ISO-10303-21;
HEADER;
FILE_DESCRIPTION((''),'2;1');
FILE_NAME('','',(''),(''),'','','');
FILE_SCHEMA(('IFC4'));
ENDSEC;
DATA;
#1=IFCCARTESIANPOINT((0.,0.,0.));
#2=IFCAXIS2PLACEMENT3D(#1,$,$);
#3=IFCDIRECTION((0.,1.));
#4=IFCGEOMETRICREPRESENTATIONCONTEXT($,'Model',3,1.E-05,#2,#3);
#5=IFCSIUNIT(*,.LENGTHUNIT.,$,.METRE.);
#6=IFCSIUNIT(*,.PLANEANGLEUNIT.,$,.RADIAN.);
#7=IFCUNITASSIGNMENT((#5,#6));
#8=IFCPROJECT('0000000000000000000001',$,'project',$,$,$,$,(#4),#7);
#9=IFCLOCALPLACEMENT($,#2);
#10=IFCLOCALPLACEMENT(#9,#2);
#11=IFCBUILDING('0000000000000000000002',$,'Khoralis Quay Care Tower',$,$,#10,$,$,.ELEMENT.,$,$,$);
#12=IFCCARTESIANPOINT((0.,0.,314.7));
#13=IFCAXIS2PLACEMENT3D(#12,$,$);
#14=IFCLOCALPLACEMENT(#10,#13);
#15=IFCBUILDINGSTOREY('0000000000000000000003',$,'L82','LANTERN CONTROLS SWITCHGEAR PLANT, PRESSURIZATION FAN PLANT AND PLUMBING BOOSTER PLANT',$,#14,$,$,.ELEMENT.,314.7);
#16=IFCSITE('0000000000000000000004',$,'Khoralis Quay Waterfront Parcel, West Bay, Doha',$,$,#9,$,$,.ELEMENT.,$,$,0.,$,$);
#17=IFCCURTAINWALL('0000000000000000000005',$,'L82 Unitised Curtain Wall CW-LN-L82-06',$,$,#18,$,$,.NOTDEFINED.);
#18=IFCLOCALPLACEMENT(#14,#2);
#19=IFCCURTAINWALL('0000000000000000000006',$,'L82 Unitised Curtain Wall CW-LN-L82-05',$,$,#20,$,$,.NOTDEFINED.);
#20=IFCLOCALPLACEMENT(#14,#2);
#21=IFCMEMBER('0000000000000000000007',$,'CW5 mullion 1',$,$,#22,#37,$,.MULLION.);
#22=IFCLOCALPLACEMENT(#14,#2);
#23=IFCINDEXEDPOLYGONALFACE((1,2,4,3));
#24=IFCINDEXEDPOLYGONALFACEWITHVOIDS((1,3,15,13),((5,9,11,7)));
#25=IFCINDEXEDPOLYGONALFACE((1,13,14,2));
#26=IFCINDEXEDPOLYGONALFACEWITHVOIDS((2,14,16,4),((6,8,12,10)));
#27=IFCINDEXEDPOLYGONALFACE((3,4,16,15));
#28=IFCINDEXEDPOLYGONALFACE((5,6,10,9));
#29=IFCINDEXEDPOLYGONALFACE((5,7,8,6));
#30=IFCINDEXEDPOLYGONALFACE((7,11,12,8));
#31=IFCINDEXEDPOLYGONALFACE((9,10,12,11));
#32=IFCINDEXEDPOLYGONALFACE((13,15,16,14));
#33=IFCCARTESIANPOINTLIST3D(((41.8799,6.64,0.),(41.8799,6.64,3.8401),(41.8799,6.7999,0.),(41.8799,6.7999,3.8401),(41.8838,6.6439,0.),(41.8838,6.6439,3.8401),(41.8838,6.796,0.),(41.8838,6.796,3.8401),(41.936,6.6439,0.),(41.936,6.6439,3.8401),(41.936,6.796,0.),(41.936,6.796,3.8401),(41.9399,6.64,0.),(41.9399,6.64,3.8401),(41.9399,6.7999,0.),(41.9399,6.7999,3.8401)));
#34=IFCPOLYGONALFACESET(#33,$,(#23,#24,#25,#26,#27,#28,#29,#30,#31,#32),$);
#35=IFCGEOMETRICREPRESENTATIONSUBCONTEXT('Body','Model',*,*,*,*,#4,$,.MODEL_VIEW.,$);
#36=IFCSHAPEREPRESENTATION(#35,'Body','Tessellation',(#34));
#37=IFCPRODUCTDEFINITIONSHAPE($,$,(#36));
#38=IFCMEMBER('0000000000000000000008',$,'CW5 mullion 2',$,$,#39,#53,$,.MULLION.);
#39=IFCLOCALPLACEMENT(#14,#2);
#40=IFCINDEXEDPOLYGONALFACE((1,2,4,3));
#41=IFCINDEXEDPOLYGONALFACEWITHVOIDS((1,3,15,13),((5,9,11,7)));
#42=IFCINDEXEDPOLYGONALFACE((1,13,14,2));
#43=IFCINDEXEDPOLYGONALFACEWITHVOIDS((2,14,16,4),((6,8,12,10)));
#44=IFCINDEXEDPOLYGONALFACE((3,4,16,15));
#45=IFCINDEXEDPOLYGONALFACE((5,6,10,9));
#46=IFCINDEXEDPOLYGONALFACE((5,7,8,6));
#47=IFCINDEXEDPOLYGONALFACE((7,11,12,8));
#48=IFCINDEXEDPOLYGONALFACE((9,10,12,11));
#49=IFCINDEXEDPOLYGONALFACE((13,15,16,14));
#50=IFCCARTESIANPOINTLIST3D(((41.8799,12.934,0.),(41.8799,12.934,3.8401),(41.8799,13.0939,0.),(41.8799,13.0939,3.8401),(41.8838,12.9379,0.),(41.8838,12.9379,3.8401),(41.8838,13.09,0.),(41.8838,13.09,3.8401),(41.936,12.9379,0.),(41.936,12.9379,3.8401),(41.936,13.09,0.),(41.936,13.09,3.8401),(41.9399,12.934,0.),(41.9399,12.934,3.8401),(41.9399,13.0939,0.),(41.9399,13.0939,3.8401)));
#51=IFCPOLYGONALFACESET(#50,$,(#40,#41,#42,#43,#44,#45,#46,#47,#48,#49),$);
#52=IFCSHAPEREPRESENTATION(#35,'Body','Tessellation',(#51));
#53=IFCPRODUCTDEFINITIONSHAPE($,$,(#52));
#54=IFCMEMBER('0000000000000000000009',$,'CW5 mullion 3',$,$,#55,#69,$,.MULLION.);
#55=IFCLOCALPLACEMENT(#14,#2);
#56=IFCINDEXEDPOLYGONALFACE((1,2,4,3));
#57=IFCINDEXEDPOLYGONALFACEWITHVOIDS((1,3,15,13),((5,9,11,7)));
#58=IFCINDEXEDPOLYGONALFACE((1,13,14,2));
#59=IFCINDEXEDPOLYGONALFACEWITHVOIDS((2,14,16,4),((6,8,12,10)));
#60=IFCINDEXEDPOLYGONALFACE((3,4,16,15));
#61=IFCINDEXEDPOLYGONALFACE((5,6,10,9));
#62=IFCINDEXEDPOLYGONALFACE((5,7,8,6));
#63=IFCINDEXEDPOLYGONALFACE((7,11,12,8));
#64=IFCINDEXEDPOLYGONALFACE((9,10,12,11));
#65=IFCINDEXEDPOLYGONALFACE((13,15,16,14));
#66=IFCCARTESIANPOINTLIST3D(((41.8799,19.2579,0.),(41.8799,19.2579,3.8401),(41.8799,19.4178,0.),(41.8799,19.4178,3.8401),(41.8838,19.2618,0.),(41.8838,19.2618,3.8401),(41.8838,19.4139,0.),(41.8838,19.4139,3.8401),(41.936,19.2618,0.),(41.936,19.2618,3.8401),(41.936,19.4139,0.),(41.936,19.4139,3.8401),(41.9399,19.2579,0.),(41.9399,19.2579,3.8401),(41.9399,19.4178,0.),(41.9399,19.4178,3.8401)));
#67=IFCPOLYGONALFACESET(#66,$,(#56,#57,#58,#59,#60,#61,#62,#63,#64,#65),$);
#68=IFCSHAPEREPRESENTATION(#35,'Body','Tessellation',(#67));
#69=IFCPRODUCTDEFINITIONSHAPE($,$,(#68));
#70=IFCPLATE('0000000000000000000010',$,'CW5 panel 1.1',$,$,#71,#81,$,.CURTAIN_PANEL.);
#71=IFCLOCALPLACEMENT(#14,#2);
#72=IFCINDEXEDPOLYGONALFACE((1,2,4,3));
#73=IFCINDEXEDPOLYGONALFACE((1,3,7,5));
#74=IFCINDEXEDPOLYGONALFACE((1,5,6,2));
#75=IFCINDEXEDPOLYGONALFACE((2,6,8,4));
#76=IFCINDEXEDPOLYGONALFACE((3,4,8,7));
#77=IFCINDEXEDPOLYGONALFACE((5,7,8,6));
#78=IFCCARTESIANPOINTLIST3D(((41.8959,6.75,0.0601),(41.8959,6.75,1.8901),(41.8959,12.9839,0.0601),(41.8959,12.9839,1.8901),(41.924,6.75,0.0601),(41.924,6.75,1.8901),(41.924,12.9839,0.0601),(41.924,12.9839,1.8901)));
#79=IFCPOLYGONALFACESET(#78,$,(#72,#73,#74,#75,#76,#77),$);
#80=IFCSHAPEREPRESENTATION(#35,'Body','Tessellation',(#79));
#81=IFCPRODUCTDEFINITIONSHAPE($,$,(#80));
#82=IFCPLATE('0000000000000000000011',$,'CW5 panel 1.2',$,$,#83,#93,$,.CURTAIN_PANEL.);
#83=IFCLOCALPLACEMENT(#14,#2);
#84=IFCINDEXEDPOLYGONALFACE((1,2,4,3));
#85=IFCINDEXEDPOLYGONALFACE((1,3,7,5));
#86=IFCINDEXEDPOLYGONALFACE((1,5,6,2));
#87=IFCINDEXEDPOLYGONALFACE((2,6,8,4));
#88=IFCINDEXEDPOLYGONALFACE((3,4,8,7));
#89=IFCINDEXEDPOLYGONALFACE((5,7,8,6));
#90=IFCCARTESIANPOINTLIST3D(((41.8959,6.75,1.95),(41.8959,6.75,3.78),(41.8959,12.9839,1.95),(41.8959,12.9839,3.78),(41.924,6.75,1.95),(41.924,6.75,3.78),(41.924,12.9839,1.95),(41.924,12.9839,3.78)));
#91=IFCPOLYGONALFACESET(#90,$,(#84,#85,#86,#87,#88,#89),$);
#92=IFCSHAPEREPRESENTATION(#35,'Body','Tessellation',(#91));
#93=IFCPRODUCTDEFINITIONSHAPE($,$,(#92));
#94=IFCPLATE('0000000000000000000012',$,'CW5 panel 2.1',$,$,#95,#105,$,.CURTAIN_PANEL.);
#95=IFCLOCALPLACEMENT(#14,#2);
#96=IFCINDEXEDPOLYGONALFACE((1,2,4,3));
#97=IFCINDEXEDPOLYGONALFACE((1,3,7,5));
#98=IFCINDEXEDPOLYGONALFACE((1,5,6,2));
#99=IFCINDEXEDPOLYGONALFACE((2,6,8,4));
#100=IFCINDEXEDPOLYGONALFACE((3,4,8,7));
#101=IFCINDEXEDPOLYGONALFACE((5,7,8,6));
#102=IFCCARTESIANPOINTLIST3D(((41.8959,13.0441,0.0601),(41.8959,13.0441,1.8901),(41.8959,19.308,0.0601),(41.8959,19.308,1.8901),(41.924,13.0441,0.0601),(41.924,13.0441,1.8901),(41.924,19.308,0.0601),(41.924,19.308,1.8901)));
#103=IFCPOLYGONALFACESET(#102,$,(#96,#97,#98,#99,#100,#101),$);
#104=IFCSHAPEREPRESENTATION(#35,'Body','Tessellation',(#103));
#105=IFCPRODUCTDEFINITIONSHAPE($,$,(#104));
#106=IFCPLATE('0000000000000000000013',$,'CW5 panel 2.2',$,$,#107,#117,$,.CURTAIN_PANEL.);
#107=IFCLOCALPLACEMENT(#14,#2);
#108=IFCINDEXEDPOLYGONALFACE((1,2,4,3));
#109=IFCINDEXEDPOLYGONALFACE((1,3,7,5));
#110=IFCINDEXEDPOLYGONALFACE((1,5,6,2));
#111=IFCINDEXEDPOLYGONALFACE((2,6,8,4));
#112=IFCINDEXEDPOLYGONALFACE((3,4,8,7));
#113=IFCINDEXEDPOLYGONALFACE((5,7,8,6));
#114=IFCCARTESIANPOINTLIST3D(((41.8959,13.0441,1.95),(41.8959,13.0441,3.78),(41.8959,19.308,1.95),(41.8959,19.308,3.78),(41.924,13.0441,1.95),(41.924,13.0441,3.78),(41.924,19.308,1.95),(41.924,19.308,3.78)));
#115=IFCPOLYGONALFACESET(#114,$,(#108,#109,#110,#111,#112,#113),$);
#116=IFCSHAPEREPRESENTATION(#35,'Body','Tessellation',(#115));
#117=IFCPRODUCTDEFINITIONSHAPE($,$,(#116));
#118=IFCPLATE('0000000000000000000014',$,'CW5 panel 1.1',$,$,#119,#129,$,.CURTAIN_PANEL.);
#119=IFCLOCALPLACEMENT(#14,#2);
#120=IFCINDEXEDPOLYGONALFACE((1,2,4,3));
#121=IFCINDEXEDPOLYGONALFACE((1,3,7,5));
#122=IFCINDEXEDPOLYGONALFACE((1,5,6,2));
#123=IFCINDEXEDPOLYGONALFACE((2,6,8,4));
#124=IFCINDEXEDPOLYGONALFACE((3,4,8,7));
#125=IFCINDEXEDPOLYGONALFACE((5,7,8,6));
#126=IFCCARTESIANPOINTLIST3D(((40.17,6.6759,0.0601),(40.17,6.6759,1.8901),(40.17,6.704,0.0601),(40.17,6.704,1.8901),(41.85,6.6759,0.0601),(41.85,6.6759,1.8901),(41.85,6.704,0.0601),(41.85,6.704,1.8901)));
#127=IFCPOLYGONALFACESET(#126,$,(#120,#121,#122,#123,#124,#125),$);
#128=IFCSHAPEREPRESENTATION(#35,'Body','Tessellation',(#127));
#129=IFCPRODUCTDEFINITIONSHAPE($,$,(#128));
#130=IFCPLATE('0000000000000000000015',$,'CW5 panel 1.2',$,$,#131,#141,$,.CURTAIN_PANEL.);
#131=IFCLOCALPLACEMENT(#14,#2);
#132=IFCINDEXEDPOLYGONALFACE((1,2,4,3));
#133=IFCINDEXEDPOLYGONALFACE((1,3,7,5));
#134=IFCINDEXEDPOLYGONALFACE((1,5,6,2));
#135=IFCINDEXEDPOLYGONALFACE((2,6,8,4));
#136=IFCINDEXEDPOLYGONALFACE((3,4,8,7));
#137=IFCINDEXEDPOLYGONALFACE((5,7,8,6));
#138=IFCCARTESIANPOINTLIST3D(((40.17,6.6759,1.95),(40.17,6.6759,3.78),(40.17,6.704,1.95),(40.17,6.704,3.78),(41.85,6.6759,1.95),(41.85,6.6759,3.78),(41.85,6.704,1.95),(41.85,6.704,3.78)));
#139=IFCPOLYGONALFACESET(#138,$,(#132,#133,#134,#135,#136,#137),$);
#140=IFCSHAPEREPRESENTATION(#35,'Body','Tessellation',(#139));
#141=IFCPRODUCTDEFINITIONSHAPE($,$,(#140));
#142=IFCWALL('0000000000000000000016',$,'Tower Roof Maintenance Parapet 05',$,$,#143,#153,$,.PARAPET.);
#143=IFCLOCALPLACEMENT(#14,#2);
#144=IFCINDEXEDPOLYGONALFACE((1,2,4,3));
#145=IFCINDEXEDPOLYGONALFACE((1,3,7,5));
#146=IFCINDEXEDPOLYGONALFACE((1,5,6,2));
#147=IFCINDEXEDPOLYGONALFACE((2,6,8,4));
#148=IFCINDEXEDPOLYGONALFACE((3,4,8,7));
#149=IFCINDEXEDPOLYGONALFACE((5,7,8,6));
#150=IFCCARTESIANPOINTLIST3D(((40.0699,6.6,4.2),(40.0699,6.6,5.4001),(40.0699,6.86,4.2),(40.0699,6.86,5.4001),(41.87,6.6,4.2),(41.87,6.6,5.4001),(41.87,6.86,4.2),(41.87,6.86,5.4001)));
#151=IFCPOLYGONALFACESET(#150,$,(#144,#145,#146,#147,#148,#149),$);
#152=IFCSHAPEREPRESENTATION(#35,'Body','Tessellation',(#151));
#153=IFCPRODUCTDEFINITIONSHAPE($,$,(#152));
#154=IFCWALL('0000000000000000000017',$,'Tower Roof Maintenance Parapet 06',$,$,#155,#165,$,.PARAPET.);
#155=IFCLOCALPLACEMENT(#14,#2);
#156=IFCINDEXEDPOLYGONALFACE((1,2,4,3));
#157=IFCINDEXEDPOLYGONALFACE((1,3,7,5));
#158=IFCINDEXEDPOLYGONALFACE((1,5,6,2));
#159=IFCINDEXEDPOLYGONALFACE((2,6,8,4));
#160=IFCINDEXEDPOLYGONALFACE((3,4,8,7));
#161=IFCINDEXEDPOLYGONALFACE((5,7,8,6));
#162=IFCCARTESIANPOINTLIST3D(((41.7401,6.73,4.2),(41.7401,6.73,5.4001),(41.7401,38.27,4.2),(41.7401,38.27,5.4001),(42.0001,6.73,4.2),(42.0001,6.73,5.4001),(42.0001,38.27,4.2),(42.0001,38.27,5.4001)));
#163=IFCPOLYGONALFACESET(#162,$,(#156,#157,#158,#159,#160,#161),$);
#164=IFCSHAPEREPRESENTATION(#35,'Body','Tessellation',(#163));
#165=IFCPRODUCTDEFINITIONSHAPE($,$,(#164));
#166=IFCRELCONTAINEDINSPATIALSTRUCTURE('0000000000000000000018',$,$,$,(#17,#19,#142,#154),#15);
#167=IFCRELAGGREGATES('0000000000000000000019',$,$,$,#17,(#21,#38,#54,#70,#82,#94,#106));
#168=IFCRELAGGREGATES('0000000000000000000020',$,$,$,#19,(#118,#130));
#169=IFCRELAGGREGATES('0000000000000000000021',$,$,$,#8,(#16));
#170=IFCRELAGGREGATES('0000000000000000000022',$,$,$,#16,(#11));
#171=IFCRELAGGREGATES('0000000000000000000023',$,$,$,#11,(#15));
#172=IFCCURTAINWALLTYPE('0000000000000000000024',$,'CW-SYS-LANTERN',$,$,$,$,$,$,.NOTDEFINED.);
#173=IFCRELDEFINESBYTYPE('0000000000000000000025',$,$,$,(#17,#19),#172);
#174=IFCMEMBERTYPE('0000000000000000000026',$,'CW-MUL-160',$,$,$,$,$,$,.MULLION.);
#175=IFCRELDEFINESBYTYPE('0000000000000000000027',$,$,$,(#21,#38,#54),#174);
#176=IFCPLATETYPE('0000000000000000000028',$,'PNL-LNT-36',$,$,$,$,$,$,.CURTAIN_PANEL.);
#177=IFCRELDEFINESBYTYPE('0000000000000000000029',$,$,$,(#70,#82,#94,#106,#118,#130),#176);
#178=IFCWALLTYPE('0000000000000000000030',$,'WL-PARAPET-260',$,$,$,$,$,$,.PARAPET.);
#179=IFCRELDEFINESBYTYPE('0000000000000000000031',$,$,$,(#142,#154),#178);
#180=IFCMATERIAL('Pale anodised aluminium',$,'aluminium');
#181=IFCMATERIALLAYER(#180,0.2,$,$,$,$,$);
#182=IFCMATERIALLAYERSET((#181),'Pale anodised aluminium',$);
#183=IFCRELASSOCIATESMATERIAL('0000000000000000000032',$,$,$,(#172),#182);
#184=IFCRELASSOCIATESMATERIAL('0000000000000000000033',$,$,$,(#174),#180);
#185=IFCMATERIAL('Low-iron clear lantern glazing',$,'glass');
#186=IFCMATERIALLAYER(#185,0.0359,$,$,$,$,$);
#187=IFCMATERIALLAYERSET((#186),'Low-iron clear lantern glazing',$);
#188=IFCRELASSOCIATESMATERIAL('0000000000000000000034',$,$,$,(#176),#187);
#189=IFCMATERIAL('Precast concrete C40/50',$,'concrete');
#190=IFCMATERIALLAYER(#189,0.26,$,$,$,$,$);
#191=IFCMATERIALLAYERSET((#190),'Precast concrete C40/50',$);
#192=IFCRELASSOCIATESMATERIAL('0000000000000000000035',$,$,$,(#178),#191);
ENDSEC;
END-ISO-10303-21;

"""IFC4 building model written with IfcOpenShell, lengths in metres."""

from ifc_helpers import new_model, si_unit, direction, frame, frame_2d, origin, origin_2d, place, context, subcontext, project, spatial, rectangle, hollow_rectangle, extrude, source, transform, mapped, material, layer, layer_set, material_profile, profile_set, type_object, element, aggregate, save


model = new_model("IFC4")

# Units and contexts
model_context = context("Model", 3, precision=1e-05, world=origin(), true_north=direction((0.0, 1.0)))
body_context = subcontext(model_context, "Body", "Model", "MODEL_VIEW")
ifc_project = project(units=[si_unit("LENGTHUNIT", "METRE"), si_unit("PLANEANGLEUNIT", "RADIAN")], contexts=[model_context])

# Site, building, storey
site_placement = place(None, origin())
site = spatial("IfcSite", under=ifc_project, at=site_placement, Name="Khoralis Quay Waterfront Parcel, West Bay, Doha", CompositionType="ELEMENT", RefElevation=0.0)
building_placement = place(site_placement, origin())
building = spatial("IfcBuilding", under=site, at=building_placement, Name="Khoralis Quay Care Tower", CompositionType="ELEMENT")
storey_placement = place(building_placement, frame((0.0, 0.0, 314.7)))
storey = spatial("IfcBuildingStorey", under=building, at=storey_placement, Name="L82", Description="LANTERN CONTROLS SWITCHGEAR PLANT, PRESSURIZATION FAN PLANT AND PLUMBING BOOSTER PLANT", CompositionType="ELEMENT", Elevation=314.7)

# Curtain walls
ifc_material_1 = material(Name="Pale anodised aluminium", Category="aluminium")
ifc_layer_1 = layer(ifc_material_1, 0.2)
ifc_layer_set_1 = layer_set([ifc_layer_1], Name="Pale anodised aluminium")
curtain_wall_type = type_object("IfcCurtainWallType", Name="CW-SYS-LANTERN", PredefinedType="NOTDEFINED", material=ifc_layer_set_1)
curtain_wall_1_placement = place(storey_placement, origin())
curtain_wall_1 = element("IfcCurtainWall", 1, at=curtain_wall_1_placement, inside=storey, type_object=curtain_wall_type, Name="L82 Unitised Curtain Wall CW-LN-L82-06", PredefinedType="NOTDEFINED")
curtain_wall_2_placement = place(storey_placement, origin())
curtain_wall_2 = element("IfcCurtainWall", 2, at=curtain_wall_2_placement, inside=storey, type_object=curtain_wall_type, Name="L82 Unitised Curtain Wall CW-LN-L82-05", PredefinedType="NOTDEFINED")
ifc_material_profile_1 = material_profile(ifc_material_1, hollow_rectangle(XDim=0.0601, YDim=0.1599, WallThickness=0.0039, at=origin_2d()), Name="Pale anodised aluminium")
ifc_profile_set_1 = profile_set([ifc_material_profile_1], Name="Pale anodised aluminium")
member_type_1 = type_object("IfcMemberType", Name="CW-MUL-160", PredefinedType="MULLION", material=ifc_profile_set_1)
shared_shape_1 = source(origin(), body_context, "Body", "SweptSolid", [
    extrude(hollow_rectangle(XDim=0.0601, YDim=0.1599, WallThickness=0.0039, at=origin_2d()), origin(), (0.0, 0.0, 1.0), 3.8401),
])

# Members
member_1_placement = place(storey_placement, frame((41.9099, 6.72, 0.0), z_axis=(0.0, 0.0, 1.0), x_axis=(-1.0, 0.0, 0.0)))
member_1 = element("IfcMember", 3, at=member_1_placement, type_object=member_type_1, Name="CW5 mullion 1", PredefinedType="MULLION", context=body_context, shape_type="MappedRepresentation", body=[
    mapped(shared_shape_1, transform((0.0, 0.0, 0.0), scale=1.0)),
])
member_2_placement = place(storey_placement, frame((41.9099, 13.0139, 0.0), z_axis=(0.0, 0.0, 1.0), x_axis=(-1.0, 0.0, 0.0)))
member_2 = element("IfcMember", 4, at=member_2_placement, type_object=member_type_1, Name="CW5 mullion 2", PredefinedType="MULLION", context=body_context, shape_type="MappedRepresentation", body=[
    mapped(shared_shape_1, transform((0.0, 0.0, 0.0), scale=1.0)),
])
member_3_placement = place(storey_placement, frame((41.9099, 19.3379, 0.0), z_axis=(0.0, 0.0, 1.0), x_axis=(-1.0, 0.0, 0.0)))
member_3 = element("IfcMember", 5, at=member_3_placement, type_object=member_type_1, Name="CW5 mullion 3", PredefinedType="MULLION", context=body_context, shape_type="MappedRepresentation", body=[
    mapped(shared_shape_1, transform((0.0, 0.0, 0.0), scale=1.0)),
])

# Plates
ifc_material_2 = material(Name="Low-iron clear lantern glazing", Category="glass")
ifc_layer_2 = layer(ifc_material_2, 0.0359)
ifc_layer_set_2 = layer_set([ifc_layer_2], Name="Low-iron clear lantern glazing")
plate_type = type_object("IfcPlateType", Name="PNL-LNT-36", PredefinedType="CURTAIN_PANEL", material=ifc_layer_set_2)
shared_shape_2 = source(origin(), body_context, "Body", "SweptSolid", [
    extrude(rectangle(XDim=6.2339, YDim=0.0281, at=origin_2d()), origin(), (0.0, 0.0, 1.0), 1.8301),
])
plate_1_placement = place(storey_placement, frame((41.9099, 9.8669, 0.0601), z_axis=(0.0, 0.0, 1.0), x_axis=(0.0, 1.0, 0.0)))
plate_1 = element("IfcPlate", 6, at=plate_1_placement, type_object=plate_type, Name="CW5 panel 1.1", PredefinedType="CURTAIN_PANEL", context=body_context, shape_type="MappedRepresentation", body=[
    mapped(shared_shape_2, transform((0.0, 0.0, 0.0), scale=1.0)),
])
plate_2_placement = place(storey_placement, frame((41.9099, 9.8669, 1.95), z_axis=(0.0, 0.0, 1.0), x_axis=(0.0, 1.0, 0.0)))
plate_2 = element("IfcPlate", 7, at=plate_2_placement, type_object=plate_type, Name="CW5 panel 1.2", PredefinedType="CURTAIN_PANEL", context=body_context, shape_type="MappedRepresentation", body=[
    mapped(shared_shape_2, transform((0.0, 0.0, 0.0), scale=1.0)),
])
shared_shape_3 = source(origin(), body_context, "Body", "SweptSolid", [
    extrude(rectangle(XDim=6.2639, YDim=0.0281, at=origin_2d()), origin(), (0.0, 0.0, 1.0), 1.8301),
])
plate_3_placement = place(storey_placement, frame((41.9099, 16.176, 0.0601), z_axis=(0.0, 0.0, 1.0), x_axis=(0.0, 1.0, 0.0)))
plate_3 = element("IfcPlate", 8, at=plate_3_placement, type_object=plate_type, Name="CW5 panel 2.1", PredefinedType="CURTAIN_PANEL", context=body_context, shape_type="MappedRepresentation", body=[
    mapped(shared_shape_3, transform((0.0, 0.0, 0.0), scale=1.0)),
])
plate_4_placement = place(storey_placement, frame((41.9099, 16.176, 1.95), z_axis=(0.0, 0.0, 1.0), x_axis=(0.0, 1.0, 0.0)))
plate_4 = element("IfcPlate", 9, at=plate_4_placement, type_object=plate_type, Name="CW5 panel 2.2", PredefinedType="CURTAIN_PANEL", context=body_context, shape_type="MappedRepresentation", body=[
    mapped(shared_shape_3, transform((0.0, 0.0, 0.0), scale=1.0)),
])
aggregate(curtain_wall_1, [member_1, member_2, member_3, plate_1, plate_2, plate_3, plate_4])
shared_shape_4 = source(origin(), body_context, "Body", "SweptSolid", [
    extrude(rectangle(XDim=1.6799, YDim=0.0281, at=origin_2d()), origin(), (0.0, 0.0, 1.0), 1.8301),
])
plate_5_placement = place(storey_placement, frame((41.01, 6.6899, 0.0601), z_axis=(0.0, 0.0, 1.0), x_axis=(1.0, 0.0, 0.0)))
plate_5 = element("IfcPlate", 10, at=plate_5_placement, type_object=plate_type, Name="CW5 panel 1.1", PredefinedType="CURTAIN_PANEL", context=body_context, shape_type="MappedRepresentation", body=[
    mapped(shared_shape_4, transform((0.0, 0.0, 0.0), scale=1.0)),
])
plate_6_placement = place(storey_placement, frame((41.01, 6.6899, 1.95), z_axis=(0.0, 0.0, 1.0), x_axis=(1.0, 0.0, 0.0)))
plate_6 = element("IfcPlate", 11, at=plate_6_placement, type_object=plate_type, Name="CW5 panel 1.2", PredefinedType="CURTAIN_PANEL", context=body_context, shape_type="MappedRepresentation", body=[
    mapped(shared_shape_4, transform((0.0, 0.0, 0.0), scale=1.0)),
])
aggregate(curtain_wall_2, [plate_5, plate_6])

# Walls
ifc_material_3 = material(Name="Precast concrete C40/50", Category="concrete")
ifc_layer_3 = layer(ifc_material_3, 0.26)
ifc_layer_set_3 = layer_set([ifc_layer_3], Name="Precast concrete C40/50")
wall_type = type_object("IfcWallType", Name="WL-PARAPET-260", PredefinedType="PARAPET", material=ifc_layer_set_3)
wall_1_placement = place(storey_placement, frame((40.0701, 6.73, 4.2), z_axis=(0.0, 0.0, 1.0), x_axis=(1.0, 0.0, 0.0)))
element("IfcWall", 12, at=wall_1_placement, inside=storey, type_object=wall_type, Name="Tower Roof Maintenance Parapet 05", PredefinedType="PARAPET", context=body_context, shape_type="SweptSolid", body=[
    extrude(rectangle(XDim=1.8, YDim=0.26, at=frame_2d((0.8999, 0.0))), origin(), (0.0, 0.0, 1.0), 1.2002),
])
wall_2_placement = place(storey_placement, frame((41.8701, 6.73, 4.2), z_axis=(0.0, 0.0, 1.0), x_axis=(0.0, 1.0, 0.0)))
element("IfcWall", 13, at=wall_2_placement, inside=storey, type_object=wall_type, Name="Tower Roof Maintenance Parapet 06", PredefinedType="PARAPET", context=body_context, shape_type="SweptSolid", body=[
    extrude(rectangle(XDim=31.54, YDim=0.26, at=frame_2d((15.77, 0.0))), origin(), (0.0, 0.0, 1.0), 1.2002),
])

save(model, "model.ifc")
